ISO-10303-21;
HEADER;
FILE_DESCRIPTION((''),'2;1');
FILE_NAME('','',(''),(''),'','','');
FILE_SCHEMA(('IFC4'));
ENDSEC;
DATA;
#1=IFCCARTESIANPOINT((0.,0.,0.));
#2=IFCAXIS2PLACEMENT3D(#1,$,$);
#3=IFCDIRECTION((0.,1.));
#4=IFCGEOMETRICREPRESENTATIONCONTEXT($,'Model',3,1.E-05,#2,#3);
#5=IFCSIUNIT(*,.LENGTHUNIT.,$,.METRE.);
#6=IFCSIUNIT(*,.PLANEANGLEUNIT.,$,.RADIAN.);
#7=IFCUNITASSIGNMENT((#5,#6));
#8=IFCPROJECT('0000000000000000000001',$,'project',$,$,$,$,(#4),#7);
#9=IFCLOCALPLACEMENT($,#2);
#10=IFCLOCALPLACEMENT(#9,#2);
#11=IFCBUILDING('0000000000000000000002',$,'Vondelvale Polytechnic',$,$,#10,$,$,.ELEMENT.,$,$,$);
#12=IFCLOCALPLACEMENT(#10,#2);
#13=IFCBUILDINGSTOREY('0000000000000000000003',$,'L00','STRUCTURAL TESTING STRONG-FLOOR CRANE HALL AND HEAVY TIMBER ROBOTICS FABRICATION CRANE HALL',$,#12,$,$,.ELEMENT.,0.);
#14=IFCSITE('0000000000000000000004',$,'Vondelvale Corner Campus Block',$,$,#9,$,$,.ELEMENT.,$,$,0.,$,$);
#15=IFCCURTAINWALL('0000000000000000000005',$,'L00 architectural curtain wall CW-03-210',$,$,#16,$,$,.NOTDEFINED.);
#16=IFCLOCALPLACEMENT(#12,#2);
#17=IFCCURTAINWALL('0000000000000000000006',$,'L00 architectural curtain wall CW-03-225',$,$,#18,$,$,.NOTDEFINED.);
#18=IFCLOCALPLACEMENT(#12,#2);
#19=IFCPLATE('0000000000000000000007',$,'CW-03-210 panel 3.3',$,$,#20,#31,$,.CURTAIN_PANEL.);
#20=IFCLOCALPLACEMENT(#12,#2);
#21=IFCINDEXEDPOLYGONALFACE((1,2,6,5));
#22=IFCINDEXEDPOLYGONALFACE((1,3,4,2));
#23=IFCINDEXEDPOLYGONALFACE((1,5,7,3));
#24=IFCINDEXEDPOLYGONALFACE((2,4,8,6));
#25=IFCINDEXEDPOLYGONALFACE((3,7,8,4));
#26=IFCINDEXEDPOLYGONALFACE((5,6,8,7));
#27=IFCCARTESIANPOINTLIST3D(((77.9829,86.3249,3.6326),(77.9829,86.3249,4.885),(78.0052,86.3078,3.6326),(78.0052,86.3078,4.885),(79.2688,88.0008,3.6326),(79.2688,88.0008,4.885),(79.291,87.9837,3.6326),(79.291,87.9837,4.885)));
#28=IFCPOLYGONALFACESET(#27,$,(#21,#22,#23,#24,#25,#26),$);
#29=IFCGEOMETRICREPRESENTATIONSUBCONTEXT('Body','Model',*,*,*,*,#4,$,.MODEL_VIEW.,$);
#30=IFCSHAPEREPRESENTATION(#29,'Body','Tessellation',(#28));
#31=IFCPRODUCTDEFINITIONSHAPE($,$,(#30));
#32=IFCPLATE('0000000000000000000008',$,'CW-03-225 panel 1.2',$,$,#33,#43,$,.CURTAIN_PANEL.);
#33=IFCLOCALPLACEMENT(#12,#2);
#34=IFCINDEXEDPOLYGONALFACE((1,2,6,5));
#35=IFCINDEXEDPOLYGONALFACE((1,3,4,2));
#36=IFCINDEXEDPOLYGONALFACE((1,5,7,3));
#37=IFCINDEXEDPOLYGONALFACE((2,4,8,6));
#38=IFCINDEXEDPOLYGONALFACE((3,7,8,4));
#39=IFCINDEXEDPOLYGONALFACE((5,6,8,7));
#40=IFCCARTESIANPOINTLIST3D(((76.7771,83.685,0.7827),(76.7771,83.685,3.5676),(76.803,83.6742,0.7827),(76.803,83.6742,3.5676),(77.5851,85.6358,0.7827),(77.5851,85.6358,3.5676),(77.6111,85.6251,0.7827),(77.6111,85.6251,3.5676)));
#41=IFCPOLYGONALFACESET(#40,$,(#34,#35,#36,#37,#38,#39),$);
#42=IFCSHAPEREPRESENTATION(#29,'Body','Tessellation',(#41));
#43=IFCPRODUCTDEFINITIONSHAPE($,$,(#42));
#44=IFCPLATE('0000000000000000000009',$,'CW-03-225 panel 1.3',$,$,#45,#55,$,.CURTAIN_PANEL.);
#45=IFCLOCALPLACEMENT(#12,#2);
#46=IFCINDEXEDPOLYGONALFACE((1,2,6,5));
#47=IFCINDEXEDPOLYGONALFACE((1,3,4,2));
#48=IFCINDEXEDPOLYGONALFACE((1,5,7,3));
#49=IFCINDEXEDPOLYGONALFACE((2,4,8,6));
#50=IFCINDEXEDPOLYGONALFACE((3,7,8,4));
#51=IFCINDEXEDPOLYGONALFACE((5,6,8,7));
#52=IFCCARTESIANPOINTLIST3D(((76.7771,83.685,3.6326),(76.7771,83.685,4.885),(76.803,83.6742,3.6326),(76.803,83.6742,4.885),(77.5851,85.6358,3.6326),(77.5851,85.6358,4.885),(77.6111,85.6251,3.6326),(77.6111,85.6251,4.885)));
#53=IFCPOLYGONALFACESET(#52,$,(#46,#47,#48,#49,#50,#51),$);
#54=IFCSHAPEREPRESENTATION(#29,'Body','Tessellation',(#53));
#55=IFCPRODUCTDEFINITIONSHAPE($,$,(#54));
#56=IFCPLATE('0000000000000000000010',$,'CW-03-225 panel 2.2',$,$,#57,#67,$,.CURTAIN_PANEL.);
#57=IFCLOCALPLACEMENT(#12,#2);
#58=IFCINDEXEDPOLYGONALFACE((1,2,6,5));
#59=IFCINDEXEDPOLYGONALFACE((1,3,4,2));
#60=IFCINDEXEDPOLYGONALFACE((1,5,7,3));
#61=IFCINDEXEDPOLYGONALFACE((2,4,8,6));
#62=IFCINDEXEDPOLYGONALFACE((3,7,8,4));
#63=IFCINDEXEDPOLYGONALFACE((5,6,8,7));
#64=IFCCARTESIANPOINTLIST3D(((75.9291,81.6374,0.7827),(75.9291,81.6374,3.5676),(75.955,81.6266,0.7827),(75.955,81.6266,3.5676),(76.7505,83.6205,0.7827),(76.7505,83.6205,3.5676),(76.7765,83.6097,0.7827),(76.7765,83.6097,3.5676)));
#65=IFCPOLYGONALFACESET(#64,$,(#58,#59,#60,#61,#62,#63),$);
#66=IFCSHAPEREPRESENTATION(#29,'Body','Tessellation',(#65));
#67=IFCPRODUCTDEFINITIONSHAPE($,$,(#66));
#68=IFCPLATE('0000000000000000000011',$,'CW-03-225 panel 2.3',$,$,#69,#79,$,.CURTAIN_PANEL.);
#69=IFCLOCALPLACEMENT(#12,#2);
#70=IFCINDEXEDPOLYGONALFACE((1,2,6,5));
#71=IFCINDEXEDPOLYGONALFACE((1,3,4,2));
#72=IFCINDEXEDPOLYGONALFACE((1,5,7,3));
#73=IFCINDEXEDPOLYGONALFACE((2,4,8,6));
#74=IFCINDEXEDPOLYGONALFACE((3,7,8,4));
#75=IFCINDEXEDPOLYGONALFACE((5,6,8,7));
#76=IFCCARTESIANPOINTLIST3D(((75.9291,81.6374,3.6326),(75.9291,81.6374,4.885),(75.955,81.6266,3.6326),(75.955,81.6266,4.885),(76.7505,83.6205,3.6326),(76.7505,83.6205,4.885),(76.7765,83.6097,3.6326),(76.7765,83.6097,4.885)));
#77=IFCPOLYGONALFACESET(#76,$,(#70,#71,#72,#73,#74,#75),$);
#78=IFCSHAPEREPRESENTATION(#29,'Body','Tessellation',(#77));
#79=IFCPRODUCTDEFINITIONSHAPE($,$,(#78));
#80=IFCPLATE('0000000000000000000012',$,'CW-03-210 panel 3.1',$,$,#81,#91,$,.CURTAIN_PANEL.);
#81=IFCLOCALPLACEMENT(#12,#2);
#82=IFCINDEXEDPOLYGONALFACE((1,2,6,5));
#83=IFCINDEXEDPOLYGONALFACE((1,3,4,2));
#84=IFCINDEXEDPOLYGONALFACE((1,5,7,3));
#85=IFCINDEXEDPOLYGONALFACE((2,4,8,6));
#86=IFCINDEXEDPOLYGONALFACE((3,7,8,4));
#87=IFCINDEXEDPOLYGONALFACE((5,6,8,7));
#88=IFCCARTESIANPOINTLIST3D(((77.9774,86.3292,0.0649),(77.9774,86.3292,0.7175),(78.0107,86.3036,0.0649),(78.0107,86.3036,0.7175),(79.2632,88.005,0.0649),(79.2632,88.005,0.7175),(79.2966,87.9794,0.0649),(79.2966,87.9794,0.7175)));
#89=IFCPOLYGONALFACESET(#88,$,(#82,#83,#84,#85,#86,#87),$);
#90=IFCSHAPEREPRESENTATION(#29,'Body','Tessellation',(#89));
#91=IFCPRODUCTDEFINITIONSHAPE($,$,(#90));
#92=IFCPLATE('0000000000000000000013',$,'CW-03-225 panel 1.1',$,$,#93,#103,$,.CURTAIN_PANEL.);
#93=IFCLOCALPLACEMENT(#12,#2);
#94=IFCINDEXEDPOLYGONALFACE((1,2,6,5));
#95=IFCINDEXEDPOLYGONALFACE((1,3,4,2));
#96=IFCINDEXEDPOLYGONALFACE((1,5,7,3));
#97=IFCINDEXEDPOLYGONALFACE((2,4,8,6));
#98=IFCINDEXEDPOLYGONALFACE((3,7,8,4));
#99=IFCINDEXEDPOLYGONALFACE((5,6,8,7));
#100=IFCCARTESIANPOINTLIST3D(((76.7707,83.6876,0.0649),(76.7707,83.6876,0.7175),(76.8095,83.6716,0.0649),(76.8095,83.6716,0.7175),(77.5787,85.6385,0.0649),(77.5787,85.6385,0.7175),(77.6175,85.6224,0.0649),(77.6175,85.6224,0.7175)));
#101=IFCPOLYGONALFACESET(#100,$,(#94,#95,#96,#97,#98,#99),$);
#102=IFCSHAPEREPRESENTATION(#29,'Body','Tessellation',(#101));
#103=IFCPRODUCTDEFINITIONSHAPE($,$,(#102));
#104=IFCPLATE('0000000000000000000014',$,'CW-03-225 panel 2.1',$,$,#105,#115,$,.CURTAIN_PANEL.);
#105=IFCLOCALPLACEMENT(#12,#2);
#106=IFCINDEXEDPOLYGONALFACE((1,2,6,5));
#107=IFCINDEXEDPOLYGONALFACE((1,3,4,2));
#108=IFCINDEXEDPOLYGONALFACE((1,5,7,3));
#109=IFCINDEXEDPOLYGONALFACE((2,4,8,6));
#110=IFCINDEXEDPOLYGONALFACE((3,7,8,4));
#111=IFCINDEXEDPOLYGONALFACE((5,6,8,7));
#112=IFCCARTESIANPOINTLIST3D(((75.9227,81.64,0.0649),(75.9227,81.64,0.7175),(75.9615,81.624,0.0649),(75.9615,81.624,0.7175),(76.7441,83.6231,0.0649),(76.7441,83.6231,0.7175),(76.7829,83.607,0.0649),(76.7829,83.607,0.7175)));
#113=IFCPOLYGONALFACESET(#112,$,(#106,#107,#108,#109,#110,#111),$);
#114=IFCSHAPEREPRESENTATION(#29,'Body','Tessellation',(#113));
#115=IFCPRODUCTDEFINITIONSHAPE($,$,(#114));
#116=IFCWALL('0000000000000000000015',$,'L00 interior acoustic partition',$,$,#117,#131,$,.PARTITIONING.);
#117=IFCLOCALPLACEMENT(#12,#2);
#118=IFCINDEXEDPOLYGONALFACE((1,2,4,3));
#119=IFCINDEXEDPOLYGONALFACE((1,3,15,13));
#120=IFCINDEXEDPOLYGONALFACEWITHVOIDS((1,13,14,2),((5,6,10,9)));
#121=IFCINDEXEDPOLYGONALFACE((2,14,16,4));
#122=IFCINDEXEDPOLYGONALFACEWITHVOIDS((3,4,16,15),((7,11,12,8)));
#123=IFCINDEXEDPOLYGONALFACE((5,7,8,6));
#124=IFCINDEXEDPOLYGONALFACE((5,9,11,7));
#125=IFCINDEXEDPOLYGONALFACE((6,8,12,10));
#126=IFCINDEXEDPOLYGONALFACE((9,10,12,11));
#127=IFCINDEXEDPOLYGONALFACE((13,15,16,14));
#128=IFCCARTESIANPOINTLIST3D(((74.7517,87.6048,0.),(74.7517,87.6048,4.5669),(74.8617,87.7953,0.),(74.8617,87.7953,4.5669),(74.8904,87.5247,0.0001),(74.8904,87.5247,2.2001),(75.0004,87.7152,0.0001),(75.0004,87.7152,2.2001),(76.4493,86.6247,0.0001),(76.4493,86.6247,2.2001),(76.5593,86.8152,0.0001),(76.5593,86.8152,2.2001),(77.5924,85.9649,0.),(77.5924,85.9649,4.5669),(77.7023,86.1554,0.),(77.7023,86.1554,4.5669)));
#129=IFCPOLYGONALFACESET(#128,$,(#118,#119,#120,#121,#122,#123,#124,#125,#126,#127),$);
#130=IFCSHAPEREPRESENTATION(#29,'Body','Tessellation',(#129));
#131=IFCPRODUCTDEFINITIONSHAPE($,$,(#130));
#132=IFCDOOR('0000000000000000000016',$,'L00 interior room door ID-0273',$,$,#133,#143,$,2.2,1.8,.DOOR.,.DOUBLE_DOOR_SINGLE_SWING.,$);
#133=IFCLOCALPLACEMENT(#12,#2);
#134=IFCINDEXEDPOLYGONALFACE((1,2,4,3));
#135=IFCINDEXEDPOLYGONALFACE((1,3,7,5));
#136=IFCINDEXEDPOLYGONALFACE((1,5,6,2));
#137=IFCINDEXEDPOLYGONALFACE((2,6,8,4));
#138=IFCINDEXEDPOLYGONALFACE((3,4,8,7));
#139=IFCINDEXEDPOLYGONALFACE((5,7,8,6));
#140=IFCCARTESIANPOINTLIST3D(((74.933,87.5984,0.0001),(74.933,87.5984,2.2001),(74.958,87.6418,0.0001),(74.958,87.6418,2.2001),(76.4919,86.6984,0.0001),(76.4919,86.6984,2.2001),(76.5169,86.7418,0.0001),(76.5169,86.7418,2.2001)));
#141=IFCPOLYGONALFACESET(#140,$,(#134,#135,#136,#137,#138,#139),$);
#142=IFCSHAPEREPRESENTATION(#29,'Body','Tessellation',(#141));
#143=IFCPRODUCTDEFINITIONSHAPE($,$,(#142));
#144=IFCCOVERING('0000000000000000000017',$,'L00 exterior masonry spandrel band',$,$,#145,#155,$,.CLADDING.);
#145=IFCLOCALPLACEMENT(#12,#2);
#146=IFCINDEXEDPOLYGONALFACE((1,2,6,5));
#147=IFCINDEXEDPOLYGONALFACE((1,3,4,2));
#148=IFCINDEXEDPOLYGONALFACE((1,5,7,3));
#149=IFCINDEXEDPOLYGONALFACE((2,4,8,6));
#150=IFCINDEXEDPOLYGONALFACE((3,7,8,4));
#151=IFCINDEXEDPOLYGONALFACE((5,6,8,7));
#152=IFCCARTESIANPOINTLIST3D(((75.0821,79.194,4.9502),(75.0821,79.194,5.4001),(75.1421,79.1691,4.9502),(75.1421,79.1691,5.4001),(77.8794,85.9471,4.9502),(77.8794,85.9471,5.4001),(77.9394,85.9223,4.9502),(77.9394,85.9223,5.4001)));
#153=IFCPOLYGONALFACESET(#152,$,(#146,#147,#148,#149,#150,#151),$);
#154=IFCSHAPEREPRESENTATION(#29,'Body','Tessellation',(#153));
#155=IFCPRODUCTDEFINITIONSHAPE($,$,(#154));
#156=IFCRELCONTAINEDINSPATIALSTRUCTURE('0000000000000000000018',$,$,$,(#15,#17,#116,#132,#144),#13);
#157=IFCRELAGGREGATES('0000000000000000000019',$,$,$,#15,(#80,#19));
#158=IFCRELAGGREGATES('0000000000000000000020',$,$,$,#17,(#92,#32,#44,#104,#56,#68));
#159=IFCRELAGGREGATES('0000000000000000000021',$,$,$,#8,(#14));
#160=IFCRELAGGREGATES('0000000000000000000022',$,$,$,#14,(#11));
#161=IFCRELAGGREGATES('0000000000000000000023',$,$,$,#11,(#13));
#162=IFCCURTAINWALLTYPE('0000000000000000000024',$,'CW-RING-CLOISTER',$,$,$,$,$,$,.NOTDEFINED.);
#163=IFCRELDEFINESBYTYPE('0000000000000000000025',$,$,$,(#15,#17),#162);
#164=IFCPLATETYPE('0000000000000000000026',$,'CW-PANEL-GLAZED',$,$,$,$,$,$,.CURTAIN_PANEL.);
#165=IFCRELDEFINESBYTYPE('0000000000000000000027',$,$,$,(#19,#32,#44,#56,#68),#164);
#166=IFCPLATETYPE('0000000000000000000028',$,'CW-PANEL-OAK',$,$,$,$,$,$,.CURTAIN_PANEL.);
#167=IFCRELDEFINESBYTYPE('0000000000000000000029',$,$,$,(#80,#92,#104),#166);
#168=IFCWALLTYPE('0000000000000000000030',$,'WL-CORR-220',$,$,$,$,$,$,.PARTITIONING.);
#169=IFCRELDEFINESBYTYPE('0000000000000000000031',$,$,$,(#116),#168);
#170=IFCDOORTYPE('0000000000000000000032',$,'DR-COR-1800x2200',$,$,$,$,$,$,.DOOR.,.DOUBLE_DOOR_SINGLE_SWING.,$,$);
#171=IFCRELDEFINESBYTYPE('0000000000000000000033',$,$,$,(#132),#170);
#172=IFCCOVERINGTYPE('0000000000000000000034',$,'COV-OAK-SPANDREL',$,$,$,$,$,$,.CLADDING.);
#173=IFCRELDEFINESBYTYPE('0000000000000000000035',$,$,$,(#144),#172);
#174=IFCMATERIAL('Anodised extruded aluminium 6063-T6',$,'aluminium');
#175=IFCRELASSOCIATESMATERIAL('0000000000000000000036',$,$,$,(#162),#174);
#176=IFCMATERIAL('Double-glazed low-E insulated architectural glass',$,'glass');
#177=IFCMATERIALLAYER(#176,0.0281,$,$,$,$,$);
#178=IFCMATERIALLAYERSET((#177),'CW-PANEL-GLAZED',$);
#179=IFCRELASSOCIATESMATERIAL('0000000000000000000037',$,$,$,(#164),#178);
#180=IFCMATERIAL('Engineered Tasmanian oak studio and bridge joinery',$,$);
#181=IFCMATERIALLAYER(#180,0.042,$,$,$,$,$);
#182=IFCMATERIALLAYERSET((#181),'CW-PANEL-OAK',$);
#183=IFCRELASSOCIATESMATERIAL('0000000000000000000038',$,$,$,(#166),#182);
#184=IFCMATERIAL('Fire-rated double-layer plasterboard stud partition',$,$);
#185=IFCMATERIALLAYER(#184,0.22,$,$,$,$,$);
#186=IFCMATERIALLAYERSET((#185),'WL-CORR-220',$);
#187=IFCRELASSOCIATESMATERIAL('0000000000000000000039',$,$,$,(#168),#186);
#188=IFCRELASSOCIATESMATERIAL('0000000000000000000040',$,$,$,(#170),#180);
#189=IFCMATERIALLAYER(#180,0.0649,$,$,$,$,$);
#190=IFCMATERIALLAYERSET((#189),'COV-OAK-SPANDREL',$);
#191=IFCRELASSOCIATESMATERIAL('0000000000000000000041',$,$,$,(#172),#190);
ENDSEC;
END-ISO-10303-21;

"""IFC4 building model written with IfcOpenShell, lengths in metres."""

from ifc_helpers import new_model, si_unit, direction, frame, frame_2d, origin, origin_2d, place, context, subcontext, project, spatial, rectangle, extrude, material, layer, layer_set, type_object, element, fill, aggregate, save


model = new_model("IFC4")

# Units and contexts
model_context = context("Model", 3, precision=1e-05, world=origin(), true_north=direction((0.0, 1.0)))
body_context = subcontext(model_context, "Body", "Model", "MODEL_VIEW")
ifc_project = project(units=[si_unit("LENGTHUNIT", "METRE"), si_unit("PLANEANGLEUNIT", "RADIAN")], contexts=[model_context])

# Site, building, storey
site_placement = place(None, origin())
site = spatial("IfcSite", under=ifc_project, at=site_placement, Name="Vondelvale Corner Campus Block", CompositionType="ELEMENT", RefElevation=0.0)
building_placement = place(site_placement, origin())
building = spatial("IfcBuilding", under=site, at=building_placement, Name="Vondelvale Polytechnic", CompositionType="ELEMENT")
storey_placement = place(building_placement, origin())
storey = spatial("IfcBuildingStorey", under=building, at=storey_placement, Name="L00", Description="STRUCTURAL TESTING STRONG-FLOOR CRANE HALL AND HEAVY TIMBER ROBOTICS FABRICATION CRANE HALL", CompositionType="ELEMENT", Elevation=0.0)

# Curtain wall
ifc_material_1 = material(Name="Anodised extruded aluminium 6063-T6", Category="aluminium")
curtain_wall_type = type_object("IfcCurtainWallType", Name="CW-RING-CLOISTER", PredefinedType="NOTDEFINED", material=ifc_material_1)
curtain_wall_1_placement = place(storey_placement, origin())
curtain_wall_1 = element("IfcCurtainWall", 1, at=curtain_wall_1_placement, inside=storey, type_object=curtain_wall_type, Name="L00 architectural curtain wall CW-03-210", PredefinedType="NOTDEFINED")

# Curtain wall
curtain_wall_2_placement = place(storey_placement, origin())
curtain_wall_2 = element("IfcCurtainWall", 2, at=curtain_wall_2_placement, inside=storey, type_object=curtain_wall_type, Name="L00 architectural curtain wall CW-03-225", PredefinedType="NOTDEFINED")

# Plates
ifc_material_2 = material(Name="Double-glazed low-E insulated architectural glass", Category="glass")
ifc_layer_1 = layer(ifc_material_2, 0.0281)
ifc_layer_set_1 = layer_set([ifc_layer_1], Name="CW-PANEL-GLAZED")
plate_type_1 = type_object("IfcPlateType", Name="CW-PANEL-GLAZED", PredefinedType="CURTAIN_PANEL", material=ifc_layer_set_1)
plate_1_placement = place(storey_placement, frame((78.637, 87.1543, 3.6326), z_axis=(0.0, 0.0, 1.0), x_axis=(-0.608748, -0.793364, 0.0)))
plate_1 = element("IfcPlate", 3, at=plate_1_placement, type_object=plate_type_1, Name="CW-03-210 panel 3.3", PredefinedType="CURTAIN_PANEL", context=body_context, shape_type="SweptSolid", body=[
    extrude(rectangle(XDim=2.1123, YDim=0.0281, at=origin_2d()), origin(), (0.0, 0.0, 1.0), 1.2524),
])
plate_2_placement = place(storey_placement, frame((77.1941, 84.655, 0.7827), z_axis=(0.0, 0.0, 1.0), x_axis=(-0.382679, -0.923882, 0.0)))
plate_2 = element("IfcPlate", 4, at=plate_2_placement, type_object=plate_type_1, Name="CW-03-225 panel 1.2", PredefinedType="CURTAIN_PANEL", context=body_context, shape_type="SweptSolid", body=[
    extrude(rectangle(XDim=2.1116, YDim=0.0281, at=origin_2d()), origin(), (0.0, 0.0, 1.0), 2.7849),
])
plate_3_placement = place(storey_placement, frame((77.1941, 84.655, 3.6326), z_axis=(0.0, 0.0, 1.0), x_axis=(-0.382679, -0.923882, 0.0)))
plate_3 = element("IfcPlate", 5, at=plate_3_placement, type_object=plate_type_1, Name="CW-03-225 panel 1.3", PredefinedType="CURTAIN_PANEL", context=body_context, shape_type="SweptSolid", body=[
    extrude(rectangle(XDim=2.1116, YDim=0.0281, at=origin_2d()), origin(), (0.0, 0.0, 1.0), 1.2524),
])
plate_4_placement = place(storey_placement, frame((76.3528, 82.6235, 0.7827), z_axis=(0.0, 0.0, 1.0), x_axis=(-0.382679, -0.923882, 0.0)))
plate_4 = element("IfcPlate", 6, at=plate_4_placement, type_object=plate_type_1, Name="CW-03-225 panel 2.2", PredefinedType="CURTAIN_PANEL", context=body_context, shape_type="SweptSolid", body=[
    extrude(rectangle(XDim=2.1465, YDim=0.0281, at=origin_2d()), origin(), (0.0, 0.0, 1.0), 2.7849),
])
plate_5_placement = place(storey_placement, frame((76.3528, 82.6235, 3.6326), z_axis=(0.0, 0.0, 1.0), x_axis=(-0.382679, -0.923882, 0.0)))
plate_5 = element("IfcPlate", 7, at=plate_5_placement, type_object=plate_type_1, Name="CW-03-225 panel 2.3", PredefinedType="CURTAIN_PANEL", context=body_context, shape_type="SweptSolid", body=[
    extrude(rectangle(XDim=2.1465, YDim=0.0281, at=origin_2d()), origin(), (0.0, 0.0, 1.0), 1.2524),
])
ifc_material_3 = material(Name="Engineered Tasmanian oak studio and bridge joinery")
ifc_layer_2 = layer(ifc_material_3, 0.042)
ifc_layer_set_2 = layer_set([ifc_layer_2], Name="CW-PANEL-OAK")
plate_type_2 = type_object("IfcPlateType", Name="CW-PANEL-OAK", PredefinedType="CURTAIN_PANEL", material=ifc_layer_set_2)
plate_6_placement = place(storey_placement, frame((78.637, 87.1543, 0.0649), z_axis=(0.0, 0.0, 1.0), x_axis=(-0.608748, -0.793364, 0.0)))
plate_6 = element("IfcPlate", 8, at=plate_6_placement, type_object=plate_type_2, Name="CW-03-210 panel 3.1", PredefinedType="CURTAIN_PANEL", context=body_context, shape_type="SweptSolid", body=[
    extrude(rectangle(XDim=2.1123, YDim=0.042, at=origin_2d()), origin(), (0.0, 0.0, 1.0), 0.6526),
])
aggregate(curtain_wall_1, [plate_6, plate_1])
plate_7_placement = place(storey_placement, frame((77.1941, 84.655, 0.0649), z_axis=(0.0, 0.0, 1.0), x_axis=(-0.382679, -0.923882, 0.0)))
plate_7 = element("IfcPlate", 9, at=plate_7_placement, type_object=plate_type_2, Name="CW-03-225 panel 1.1", PredefinedType="CURTAIN_PANEL", context=body_context, shape_type="SweptSolid", body=[
    extrude(rectangle(XDim=2.1116, YDim=0.042, at=origin_2d()), origin(), (0.0, 0.0, 1.0), 0.6526),
])
plate_8_placement = place(storey_placement, frame((76.3528, 82.6235, 0.0649), z_axis=(0.0, 0.0, 1.0), x_axis=(-0.382679, -0.923882, 0.0)))
plate_8 = element("IfcPlate", 10, at=plate_8_placement, type_object=plate_type_2, Name="CW-03-225 panel 2.1", PredefinedType="CURTAIN_PANEL", context=body_context, shape_type="SweptSolid", body=[
    extrude(rectangle(XDim=2.1465, YDim=0.042, at=origin_2d()), origin(), (0.0, 0.0, 1.0), 0.6526),
])
aggregate(curtain_wall_2, [plate_7, plate_2, plate_3, plate_8, plate_4, plate_5])

# Wall, opening, door
ifc_material_4 = material(Name="Fire-rated double-layer plasterboard stud partition")
ifc_layer_3 = layer(ifc_material_4, 0.22)
ifc_layer_set_3 = layer_set([ifc_layer_3], Name="WL-CORR-220")
wall_type = type_object("IfcWallType", Name="WL-CORR-220", PredefinedType="PARTITIONING", material=ifc_layer_set_3)
wall_placement = place(storey_placement, frame((77.6475, 86.0601, 0.0), z_axis=(0.0, 0.0, 1.0), x_axis=(-0.866041, 0.499974, 0.0)))
wall = element("IfcWall", 11, at=wall_placement, inside=storey, type_object=wall_type, Name="L00 interior acoustic partition", PredefinedType="PARTITIONING", context=body_context, shape_type="SweptSolid", body=[
    extrude(rectangle(XDim=3.28, YDim=0.22, at=frame_2d((1.6401, 0.0))), origin(), (0.0, 0.0, 1.0), 4.5669),
])
opening_placement = place(wall_placement, frame((1.3201, 0.0, 0.0)))
opening = element("IfcOpeningElement", 12, at=opening_placement, cuts=wall, PredefinedType="OPENING", context=body_context, shape_type="SweptSolid", body=[
    extrude(rectangle(XDim=1.8, YDim=2.2, at=frame_2d((0.8999, 1.1001))), frame((0.0, 0.1199, 0.0), z_axis=(0.0, -1.0, 0.0), x_axis=(1.0, 0.0, 0.0)), (0.0, 0.0, 1.0), 0.24),
])
door_type = type_object("IfcDoorType", Name="DR-COR-1800x2200", OperationType="DOUBLE_DOOR_SINGLE_SWING", PredefinedType="DOOR", material=ifc_material_3)
door_placement = place(opening_placement, origin())
door = element("IfcDoor", 13, at=door_placement, inside=storey, type_object=door_type, Name="L00 interior room door ID-0273", OperationType="DOUBLE_DOOR_SINGLE_SWING", OverallHeight=2.2, OverallWidth=1.8, PredefinedType="DOOR", context=body_context, shape_type="SweptSolid", body=[
    extrude(rectangle(XDim=1.8, YDim=2.2, at=frame_2d((0.8999, 1.1001))), frame((0.0, 0.0249, 0.0), z_axis=(0.0, -1.0, 0.0), x_axis=(1.0, 0.0, 0.0)), (0.0, 0.0, 1.0), 0.05),
])
fill(opening, door)

# Covering
ifc_layer_4 = layer(ifc_material_3, 0.0649)
ifc_layer_set_4 = layer_set([ifc_layer_4], Name="COV-OAK-SPANDREL")
covering_type = type_object("IfcCoveringType", Name="COV-OAK-SPANDREL", PredefinedType="CLADDING", material=ifc_layer_set_4)
covering_placement = place(storey_placement, frame((76.5107, 82.5581, 4.9502), z_axis=(0.0, 0.0, 1.0), x_axis=(-0.382683, -0.92388, 0.0)))
element("IfcCovering", 14, at=covering_placement, inside=storey, type_object=covering_type, Name="L00 exterior masonry spandrel band", PredefinedType="CLADDING", context=body_context, shape_type="SweptSolid", body=[
    extrude(rectangle(XDim=7.3096, YDim=0.0649, at=origin_2d()), origin(), (0.0, 0.0, 1.0), 0.45),
])

save(model, "model.ifc")
